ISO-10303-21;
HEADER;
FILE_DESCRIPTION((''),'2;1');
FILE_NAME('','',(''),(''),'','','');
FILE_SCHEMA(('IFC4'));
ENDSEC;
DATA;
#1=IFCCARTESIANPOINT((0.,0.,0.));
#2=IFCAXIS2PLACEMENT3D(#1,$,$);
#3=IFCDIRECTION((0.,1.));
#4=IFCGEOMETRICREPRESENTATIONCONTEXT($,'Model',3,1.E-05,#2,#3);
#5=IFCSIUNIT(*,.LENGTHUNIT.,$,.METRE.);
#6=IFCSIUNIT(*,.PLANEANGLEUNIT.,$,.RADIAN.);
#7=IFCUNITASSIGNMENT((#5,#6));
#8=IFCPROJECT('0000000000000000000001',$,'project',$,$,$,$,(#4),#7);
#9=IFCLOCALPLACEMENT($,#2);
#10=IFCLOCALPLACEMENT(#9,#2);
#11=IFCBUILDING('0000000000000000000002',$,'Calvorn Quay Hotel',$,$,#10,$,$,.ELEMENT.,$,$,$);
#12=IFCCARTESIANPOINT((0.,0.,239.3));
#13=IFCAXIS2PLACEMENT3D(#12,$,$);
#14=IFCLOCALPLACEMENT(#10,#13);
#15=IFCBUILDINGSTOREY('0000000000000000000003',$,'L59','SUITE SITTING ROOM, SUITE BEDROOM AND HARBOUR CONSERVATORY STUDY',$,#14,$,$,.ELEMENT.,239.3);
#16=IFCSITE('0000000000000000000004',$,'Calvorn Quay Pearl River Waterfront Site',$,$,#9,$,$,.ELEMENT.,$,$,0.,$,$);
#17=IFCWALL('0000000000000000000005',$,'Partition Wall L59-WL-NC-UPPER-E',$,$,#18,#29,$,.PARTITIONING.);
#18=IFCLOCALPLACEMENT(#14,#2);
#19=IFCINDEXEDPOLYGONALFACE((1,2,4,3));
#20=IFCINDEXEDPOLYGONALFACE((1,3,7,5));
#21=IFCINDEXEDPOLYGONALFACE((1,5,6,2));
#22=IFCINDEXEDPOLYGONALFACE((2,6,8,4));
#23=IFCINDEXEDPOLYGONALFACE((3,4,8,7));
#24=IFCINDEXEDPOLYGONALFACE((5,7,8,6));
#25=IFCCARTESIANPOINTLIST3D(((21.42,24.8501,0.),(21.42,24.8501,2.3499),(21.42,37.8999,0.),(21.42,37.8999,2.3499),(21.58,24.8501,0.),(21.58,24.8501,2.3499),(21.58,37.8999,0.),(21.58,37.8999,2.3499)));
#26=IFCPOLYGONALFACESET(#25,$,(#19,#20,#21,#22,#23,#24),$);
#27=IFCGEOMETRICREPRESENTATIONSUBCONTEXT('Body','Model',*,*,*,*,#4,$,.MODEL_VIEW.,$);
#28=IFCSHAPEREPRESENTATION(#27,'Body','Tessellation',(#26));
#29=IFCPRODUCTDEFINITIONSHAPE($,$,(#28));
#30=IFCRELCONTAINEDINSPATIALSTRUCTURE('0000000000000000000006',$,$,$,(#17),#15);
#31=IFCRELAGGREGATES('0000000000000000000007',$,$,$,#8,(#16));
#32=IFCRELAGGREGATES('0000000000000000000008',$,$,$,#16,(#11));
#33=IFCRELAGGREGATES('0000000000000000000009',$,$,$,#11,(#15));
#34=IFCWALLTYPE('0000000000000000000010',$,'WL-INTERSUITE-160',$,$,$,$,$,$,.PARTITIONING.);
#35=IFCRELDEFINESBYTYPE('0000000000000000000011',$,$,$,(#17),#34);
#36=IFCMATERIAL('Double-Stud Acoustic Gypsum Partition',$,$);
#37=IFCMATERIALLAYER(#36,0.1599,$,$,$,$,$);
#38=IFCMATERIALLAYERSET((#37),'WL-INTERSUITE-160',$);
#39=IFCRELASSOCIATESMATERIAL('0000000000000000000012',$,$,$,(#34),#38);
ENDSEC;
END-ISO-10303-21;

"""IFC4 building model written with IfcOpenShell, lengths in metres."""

from ifc_helpers import new_model, si_unit, direction, frame, frame_2d, origin, place, context, subcontext, project, spatial, rectangle, extrude, material, layer, layer_set, type_object, element, save


model = new_model("IFC4")

# Units and contexts
model_context = context("Model", 3, precision=1e-05, world=origin(), true_north=direction((0.0, 1.0)))
body_context = subcontext(model_context, "Body", "Model", "MODEL_VIEW")
ifc_project = project(units=[si_unit("LENGTHUNIT", "METRE"), si_unit("PLANEANGLEUNIT", "RADIAN")], contexts=[model_context])

# Site, building, storey
site_placement = place(None, origin())
site = spatial("IfcSite", under=ifc_project, at=site_placement, Name="Calvorn Quay Pearl River Waterfront Site", CompositionType="ELEMENT", RefElevation=0.0)
building_placement = place(site_placement, origin())
building = spatial("IfcBuilding", under=site, at=building_placement, Name="Calvorn Quay Hotel", CompositionType="ELEMENT")
storey_placement = place(building_placement, frame((0.0, 0.0, 239.3)))
storey = spatial("IfcBuildingStorey", under=building, at=storey_placement, Name="L59", Description="SUITE SITTING ROOM, SUITE BEDROOM AND HARBOUR CONSERVATORY STUDY", CompositionType="ELEMENT", Elevation=239.3)

# Wall
ifc_material_1 = material(Name="Double-Stud Acoustic Gypsum Partition")
ifc_layer_1 = layer(ifc_material_1, 0.1599)
ifc_layer_set_1 = layer_set([ifc_layer_1], Name="WL-INTERSUITE-160")
wall_type_1 = type_object("IfcWallType", Name="WL-INTERSUITE-160", PredefinedType="PARTITIONING", material=ifc_layer_set_1)
wall_1_placement = place(storey_placement, frame((21.5, 24.8501, 0.0), z_axis=(0.0, 0.0, 1.0), x_axis=(0.0, 1.0, 0.0)))
element("IfcWall", 1, at=wall_1_placement, inside=storey, type_object=wall_type_1, Name="Partition Wall L59-WL-NC-UPPER-E", PredefinedType="PARTITIONING", context=body_context, shape_type="SweptSolid", body=[
    extrude(rectangle(XDim=13.0498, YDim=0.1599, at=frame_2d((6.5249, 0.0))), origin(), (0.0, 0.0, 1.0), 2.3499),
])

save(model, "model.ifc")
